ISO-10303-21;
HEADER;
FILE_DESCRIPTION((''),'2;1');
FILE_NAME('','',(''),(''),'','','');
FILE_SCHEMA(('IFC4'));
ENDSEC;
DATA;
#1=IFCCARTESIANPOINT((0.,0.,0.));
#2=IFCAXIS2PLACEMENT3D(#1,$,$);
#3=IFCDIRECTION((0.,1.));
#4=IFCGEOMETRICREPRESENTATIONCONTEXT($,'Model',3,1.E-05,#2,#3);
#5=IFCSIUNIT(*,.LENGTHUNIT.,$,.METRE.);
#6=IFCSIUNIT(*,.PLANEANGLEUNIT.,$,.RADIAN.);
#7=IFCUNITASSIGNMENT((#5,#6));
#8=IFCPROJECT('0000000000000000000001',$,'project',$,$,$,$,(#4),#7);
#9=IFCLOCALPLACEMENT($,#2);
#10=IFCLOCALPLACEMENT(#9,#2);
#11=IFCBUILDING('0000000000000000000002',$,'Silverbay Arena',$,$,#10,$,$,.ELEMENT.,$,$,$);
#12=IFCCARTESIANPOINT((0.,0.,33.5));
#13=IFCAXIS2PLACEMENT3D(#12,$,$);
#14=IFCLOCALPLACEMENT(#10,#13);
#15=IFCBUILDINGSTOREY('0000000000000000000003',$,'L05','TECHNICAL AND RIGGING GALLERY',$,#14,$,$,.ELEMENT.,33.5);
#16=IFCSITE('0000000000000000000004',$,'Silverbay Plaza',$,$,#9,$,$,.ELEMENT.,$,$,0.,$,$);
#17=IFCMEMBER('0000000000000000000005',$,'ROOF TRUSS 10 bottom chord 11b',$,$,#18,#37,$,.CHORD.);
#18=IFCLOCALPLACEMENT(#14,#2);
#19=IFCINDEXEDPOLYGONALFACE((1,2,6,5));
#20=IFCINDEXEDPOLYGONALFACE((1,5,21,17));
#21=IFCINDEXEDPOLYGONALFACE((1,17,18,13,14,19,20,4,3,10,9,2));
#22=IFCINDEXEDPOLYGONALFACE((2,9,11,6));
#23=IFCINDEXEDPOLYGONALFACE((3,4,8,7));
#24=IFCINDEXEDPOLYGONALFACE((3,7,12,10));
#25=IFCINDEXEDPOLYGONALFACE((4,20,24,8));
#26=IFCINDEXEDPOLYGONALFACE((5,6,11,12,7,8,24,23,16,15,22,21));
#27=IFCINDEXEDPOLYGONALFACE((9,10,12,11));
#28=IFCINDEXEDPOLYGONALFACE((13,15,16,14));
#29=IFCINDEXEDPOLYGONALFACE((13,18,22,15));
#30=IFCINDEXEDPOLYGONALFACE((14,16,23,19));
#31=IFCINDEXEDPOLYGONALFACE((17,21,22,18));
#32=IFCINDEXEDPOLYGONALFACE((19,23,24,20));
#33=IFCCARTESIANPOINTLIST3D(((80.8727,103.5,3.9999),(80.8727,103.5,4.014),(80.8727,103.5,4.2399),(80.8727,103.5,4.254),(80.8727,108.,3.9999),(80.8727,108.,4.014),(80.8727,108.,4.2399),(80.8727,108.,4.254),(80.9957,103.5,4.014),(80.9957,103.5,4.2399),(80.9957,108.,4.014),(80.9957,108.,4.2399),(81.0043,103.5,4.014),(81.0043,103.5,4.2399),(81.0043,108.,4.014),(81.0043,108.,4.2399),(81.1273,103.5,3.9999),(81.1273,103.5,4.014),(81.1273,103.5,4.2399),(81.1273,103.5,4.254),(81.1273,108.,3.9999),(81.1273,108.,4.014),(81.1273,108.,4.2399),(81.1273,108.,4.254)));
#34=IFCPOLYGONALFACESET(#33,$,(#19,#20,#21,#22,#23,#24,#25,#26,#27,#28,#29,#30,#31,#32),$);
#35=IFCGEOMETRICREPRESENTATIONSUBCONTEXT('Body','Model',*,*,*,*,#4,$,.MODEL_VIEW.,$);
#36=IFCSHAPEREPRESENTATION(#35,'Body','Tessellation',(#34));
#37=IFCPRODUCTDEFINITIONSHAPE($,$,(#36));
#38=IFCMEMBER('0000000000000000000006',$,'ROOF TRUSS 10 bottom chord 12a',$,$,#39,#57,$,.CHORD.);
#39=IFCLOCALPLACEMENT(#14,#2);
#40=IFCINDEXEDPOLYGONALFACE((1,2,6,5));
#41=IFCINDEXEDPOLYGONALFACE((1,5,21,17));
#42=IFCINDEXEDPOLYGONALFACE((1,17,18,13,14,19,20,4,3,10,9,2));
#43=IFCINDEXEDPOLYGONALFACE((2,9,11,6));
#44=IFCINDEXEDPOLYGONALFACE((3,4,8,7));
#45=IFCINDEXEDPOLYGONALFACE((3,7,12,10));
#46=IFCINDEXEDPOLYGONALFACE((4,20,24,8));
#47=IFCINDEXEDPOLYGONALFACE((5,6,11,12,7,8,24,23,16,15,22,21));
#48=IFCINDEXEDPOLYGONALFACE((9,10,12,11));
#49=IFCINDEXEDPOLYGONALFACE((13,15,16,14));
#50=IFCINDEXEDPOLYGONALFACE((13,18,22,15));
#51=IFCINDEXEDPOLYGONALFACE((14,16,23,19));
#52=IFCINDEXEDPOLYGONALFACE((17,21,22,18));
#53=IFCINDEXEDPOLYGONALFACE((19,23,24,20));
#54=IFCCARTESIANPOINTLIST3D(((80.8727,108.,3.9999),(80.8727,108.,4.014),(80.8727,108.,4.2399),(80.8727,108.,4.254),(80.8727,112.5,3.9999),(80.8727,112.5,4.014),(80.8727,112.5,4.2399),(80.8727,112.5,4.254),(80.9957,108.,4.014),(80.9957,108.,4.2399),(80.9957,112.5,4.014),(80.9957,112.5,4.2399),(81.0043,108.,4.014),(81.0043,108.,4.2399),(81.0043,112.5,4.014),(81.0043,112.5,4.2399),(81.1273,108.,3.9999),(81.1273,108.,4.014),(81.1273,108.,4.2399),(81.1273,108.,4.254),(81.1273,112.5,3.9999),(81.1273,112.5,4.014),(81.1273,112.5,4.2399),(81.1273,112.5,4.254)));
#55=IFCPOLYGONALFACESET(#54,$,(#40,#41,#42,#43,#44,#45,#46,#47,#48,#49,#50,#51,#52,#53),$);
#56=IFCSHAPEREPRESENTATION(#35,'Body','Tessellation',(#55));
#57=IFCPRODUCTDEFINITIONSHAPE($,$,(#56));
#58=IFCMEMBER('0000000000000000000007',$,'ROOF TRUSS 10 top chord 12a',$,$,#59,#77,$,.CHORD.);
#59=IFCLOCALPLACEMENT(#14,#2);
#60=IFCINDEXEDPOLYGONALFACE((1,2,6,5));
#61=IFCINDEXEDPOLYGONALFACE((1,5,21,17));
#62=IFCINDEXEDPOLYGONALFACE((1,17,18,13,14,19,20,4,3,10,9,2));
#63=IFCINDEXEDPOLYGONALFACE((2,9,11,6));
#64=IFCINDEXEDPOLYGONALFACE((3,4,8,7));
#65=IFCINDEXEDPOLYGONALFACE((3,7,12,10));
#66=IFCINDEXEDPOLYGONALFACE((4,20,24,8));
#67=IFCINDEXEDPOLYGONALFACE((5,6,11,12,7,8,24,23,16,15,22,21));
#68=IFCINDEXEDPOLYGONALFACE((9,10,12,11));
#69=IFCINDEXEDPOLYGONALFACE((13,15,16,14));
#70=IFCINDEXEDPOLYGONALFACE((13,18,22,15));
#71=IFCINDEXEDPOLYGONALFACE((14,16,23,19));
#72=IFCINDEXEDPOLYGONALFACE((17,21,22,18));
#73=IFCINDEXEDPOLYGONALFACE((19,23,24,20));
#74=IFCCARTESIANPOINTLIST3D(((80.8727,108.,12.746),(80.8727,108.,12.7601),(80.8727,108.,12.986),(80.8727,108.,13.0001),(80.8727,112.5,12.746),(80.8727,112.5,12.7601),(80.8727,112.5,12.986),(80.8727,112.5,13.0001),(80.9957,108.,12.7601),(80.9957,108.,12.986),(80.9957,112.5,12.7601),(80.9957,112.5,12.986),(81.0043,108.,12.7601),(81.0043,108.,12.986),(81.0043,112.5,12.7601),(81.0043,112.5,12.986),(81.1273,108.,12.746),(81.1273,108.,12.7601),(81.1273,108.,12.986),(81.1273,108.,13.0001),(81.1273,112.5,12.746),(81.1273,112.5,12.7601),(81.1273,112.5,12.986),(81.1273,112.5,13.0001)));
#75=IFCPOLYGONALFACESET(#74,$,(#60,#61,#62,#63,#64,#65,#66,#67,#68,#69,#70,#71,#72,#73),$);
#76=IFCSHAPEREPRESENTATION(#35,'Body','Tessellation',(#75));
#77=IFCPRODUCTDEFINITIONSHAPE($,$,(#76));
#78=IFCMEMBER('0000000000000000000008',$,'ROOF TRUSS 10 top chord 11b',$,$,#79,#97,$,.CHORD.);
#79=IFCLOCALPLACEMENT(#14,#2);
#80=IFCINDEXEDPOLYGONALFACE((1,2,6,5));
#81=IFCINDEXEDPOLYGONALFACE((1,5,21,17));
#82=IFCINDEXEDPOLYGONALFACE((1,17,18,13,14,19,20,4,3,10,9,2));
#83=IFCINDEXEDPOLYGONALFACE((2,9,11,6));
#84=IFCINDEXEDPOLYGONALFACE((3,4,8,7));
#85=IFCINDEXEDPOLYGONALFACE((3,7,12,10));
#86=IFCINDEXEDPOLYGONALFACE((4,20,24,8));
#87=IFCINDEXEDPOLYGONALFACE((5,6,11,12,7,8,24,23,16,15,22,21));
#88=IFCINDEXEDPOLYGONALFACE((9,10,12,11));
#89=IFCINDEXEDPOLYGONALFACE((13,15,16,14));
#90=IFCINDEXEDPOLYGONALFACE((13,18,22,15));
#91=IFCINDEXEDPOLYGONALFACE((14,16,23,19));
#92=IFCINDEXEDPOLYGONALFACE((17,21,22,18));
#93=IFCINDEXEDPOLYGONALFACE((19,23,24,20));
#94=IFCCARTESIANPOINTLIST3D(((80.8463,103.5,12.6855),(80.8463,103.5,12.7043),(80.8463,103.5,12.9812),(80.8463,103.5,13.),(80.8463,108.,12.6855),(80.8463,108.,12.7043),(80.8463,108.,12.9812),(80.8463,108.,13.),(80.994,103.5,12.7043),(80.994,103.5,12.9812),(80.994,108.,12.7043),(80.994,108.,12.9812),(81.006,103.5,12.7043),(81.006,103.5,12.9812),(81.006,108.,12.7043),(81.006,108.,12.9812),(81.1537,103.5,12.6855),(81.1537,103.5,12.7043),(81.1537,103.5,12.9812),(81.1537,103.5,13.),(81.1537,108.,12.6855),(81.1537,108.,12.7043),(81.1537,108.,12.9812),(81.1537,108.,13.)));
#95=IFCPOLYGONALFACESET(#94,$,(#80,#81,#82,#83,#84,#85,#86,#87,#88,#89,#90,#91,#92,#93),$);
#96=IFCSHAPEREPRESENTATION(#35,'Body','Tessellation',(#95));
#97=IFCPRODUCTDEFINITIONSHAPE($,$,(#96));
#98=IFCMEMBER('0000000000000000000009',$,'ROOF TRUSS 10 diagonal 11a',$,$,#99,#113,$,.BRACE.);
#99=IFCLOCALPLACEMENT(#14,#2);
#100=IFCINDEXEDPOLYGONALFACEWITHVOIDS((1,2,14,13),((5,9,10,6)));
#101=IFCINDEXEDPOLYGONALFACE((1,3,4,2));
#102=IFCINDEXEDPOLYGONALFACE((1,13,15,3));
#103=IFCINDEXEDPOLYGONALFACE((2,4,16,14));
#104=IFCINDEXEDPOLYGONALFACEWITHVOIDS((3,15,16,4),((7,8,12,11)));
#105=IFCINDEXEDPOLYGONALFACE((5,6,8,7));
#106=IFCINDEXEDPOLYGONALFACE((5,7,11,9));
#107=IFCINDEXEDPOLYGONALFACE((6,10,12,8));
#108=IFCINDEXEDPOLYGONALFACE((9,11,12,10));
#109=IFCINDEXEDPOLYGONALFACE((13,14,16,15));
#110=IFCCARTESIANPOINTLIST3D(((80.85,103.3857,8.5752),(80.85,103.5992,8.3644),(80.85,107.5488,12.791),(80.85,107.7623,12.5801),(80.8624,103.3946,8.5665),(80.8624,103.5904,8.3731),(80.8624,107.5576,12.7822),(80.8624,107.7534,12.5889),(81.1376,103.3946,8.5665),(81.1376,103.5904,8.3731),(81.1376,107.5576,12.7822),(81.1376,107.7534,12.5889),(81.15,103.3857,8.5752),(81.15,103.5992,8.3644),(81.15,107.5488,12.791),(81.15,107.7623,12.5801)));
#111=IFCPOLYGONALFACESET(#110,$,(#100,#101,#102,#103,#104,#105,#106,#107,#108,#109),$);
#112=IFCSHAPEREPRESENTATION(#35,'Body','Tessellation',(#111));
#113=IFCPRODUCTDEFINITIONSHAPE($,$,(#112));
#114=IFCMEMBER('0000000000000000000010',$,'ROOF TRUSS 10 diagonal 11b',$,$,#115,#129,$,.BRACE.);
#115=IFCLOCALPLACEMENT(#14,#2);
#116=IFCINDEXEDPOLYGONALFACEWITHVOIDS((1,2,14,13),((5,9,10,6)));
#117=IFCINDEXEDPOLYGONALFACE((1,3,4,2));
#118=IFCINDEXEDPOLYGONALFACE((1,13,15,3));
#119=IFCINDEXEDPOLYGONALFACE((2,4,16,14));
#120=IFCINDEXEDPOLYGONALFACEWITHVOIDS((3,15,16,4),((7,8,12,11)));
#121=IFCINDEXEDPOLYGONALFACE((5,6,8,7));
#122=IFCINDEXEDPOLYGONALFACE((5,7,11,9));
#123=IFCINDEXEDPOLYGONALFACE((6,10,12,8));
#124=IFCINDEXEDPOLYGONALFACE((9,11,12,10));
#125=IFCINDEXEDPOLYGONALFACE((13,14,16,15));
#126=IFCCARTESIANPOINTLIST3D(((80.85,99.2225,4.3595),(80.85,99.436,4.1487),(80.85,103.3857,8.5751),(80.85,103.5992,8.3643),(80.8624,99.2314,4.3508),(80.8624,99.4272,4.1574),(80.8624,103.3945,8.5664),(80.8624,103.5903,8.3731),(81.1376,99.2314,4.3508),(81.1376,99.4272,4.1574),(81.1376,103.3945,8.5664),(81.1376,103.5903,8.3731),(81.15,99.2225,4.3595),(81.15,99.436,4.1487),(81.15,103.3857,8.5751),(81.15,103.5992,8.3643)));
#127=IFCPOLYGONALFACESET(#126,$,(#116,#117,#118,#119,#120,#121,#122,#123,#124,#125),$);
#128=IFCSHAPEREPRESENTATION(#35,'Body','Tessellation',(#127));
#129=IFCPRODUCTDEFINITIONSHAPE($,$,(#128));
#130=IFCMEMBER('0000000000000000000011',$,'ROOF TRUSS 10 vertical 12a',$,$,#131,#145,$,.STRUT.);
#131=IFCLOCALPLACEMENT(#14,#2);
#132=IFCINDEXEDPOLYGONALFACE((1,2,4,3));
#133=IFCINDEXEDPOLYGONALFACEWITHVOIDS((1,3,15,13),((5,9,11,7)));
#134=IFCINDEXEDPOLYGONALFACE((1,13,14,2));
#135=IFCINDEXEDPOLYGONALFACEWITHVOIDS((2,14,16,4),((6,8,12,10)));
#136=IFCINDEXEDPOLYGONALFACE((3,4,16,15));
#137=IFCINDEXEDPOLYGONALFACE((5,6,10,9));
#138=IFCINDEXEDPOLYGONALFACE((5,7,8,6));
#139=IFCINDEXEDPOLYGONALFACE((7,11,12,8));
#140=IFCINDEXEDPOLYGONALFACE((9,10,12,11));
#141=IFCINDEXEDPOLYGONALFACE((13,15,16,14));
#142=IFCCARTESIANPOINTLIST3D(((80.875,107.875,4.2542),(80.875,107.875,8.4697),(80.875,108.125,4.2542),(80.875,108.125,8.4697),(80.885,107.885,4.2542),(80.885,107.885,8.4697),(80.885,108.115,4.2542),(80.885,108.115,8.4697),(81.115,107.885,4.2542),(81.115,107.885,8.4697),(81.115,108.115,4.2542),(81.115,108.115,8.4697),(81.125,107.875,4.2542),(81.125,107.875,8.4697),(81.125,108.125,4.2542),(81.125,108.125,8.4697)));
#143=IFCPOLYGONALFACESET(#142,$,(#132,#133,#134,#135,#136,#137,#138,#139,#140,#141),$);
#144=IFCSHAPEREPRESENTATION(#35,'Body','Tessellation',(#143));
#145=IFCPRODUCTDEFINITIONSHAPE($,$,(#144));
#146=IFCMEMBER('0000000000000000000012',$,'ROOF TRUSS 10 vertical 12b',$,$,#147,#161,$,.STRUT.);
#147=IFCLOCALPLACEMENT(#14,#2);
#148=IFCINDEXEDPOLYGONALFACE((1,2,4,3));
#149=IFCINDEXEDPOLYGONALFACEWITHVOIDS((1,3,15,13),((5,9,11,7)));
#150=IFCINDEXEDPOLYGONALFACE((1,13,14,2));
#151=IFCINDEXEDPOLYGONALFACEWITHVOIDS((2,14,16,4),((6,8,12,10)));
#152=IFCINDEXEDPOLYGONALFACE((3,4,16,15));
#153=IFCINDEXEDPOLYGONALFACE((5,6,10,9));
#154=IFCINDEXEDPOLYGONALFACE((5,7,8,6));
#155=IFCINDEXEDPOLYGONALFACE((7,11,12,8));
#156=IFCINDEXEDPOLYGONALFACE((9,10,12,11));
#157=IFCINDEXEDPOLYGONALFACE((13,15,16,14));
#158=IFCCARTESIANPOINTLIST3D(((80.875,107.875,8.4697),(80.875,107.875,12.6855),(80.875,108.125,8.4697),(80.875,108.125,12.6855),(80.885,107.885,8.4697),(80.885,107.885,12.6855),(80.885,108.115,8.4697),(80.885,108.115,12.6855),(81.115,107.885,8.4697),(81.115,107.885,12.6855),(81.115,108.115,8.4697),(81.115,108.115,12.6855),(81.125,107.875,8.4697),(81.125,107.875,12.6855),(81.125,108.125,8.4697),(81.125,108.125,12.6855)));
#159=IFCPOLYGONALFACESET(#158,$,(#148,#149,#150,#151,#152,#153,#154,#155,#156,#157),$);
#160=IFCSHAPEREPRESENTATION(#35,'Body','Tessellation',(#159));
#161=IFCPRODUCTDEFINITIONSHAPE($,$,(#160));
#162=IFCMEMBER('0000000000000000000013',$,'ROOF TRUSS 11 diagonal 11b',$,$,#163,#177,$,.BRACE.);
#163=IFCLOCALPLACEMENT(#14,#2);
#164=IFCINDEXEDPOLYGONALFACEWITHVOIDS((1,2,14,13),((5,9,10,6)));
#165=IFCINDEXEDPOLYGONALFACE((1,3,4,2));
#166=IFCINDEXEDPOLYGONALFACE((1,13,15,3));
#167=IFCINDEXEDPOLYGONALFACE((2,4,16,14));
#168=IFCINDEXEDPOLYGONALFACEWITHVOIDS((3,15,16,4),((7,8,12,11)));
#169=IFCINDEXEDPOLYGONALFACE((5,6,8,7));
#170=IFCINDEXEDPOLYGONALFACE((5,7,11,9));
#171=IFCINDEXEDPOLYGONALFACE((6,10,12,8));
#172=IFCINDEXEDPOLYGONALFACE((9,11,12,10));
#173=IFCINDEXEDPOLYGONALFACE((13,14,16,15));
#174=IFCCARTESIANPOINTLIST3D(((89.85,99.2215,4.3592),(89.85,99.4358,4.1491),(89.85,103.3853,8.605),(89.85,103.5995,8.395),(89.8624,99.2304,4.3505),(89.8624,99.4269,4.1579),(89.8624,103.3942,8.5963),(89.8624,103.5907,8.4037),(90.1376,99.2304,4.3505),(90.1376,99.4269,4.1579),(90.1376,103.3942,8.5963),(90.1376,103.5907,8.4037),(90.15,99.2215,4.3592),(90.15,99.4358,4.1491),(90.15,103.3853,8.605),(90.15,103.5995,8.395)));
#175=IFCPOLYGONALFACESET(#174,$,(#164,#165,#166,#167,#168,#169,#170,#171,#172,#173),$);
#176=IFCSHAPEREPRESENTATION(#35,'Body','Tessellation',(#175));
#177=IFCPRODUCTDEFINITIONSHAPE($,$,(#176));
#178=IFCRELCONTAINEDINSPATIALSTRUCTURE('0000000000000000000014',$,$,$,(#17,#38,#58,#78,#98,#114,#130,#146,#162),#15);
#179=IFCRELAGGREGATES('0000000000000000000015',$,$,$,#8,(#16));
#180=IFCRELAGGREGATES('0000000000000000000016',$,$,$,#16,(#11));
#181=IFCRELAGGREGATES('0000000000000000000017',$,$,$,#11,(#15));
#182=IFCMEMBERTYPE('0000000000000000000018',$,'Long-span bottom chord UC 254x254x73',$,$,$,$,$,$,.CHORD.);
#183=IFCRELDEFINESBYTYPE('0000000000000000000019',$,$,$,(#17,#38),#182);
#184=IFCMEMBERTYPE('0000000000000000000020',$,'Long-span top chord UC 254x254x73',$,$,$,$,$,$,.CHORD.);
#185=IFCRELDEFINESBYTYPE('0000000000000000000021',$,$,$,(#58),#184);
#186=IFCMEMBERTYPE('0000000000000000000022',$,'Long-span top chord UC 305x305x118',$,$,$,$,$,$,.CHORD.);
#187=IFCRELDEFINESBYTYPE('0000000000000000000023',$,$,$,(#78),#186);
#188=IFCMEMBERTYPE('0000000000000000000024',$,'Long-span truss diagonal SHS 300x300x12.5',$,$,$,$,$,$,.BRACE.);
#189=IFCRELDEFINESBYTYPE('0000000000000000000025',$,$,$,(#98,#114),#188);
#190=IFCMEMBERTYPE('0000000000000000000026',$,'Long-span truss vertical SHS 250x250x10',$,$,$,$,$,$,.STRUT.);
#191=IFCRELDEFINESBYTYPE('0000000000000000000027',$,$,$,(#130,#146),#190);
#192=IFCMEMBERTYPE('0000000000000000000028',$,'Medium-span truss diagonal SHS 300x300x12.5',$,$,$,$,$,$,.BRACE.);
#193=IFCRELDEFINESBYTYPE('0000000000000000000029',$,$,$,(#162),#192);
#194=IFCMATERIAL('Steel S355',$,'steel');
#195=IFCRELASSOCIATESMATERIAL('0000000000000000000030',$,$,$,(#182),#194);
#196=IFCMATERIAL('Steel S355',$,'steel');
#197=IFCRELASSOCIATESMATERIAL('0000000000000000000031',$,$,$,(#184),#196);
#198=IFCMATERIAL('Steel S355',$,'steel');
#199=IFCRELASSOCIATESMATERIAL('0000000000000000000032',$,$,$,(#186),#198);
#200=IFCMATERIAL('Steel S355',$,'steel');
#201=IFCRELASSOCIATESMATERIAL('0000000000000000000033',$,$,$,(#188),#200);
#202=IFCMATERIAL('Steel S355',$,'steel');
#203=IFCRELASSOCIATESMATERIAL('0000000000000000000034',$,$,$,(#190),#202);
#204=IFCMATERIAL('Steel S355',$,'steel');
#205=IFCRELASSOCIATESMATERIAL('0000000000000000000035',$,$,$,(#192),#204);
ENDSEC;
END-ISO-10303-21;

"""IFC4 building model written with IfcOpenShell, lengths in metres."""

from ifc_helpers import new_model, si_unit, direction, frame, origin, origin_2d, place, context, subcontext, project, spatial, hollow_rectangle, i_section, extrude, material, material_profile, profile_set, type_object, element, save


model = new_model("IFC4")

# Units and contexts
model_context = context("Model", 3, precision=1e-05, world=origin(), true_north=direction((0.0, 1.0)))
body_context = subcontext(model_context, "Body", "Model", "MODEL_VIEW")
ifc_project = project(units=[si_unit("LENGTHUNIT", "METRE"), si_unit("PLANEANGLEUNIT", "RADIAN")], contexts=[model_context])

# Site, building, storey
site_placement = place(None, origin())
site = spatial("IfcSite", under=ifc_project, at=site_placement, Name="Silverbay Plaza", CompositionType="ELEMENT", RefElevation=0.0)
building_placement = place(site_placement, origin())
building = spatial("IfcBuilding", under=site, at=building_placement, Name="Silverbay Arena", CompositionType="ELEMENT")
storey_placement = place(building_placement, frame((0.0, 0.0, 33.5)))
storey = spatial("IfcBuildingStorey", under=building, at=storey_placement, Name="L05", Description="TECHNICAL AND RIGGING GALLERY", CompositionType="ELEMENT", Elevation=33.5)

# Members
ifc_material_1 = material(Name="Steel S355", Category="steel")
ifc_material_profile_1 = material_profile(ifc_material_1, i_section(OverallWidth=0.2546, OverallDepth=0.2542, WebThickness=0.0085, FlangeThickness=0.0142, at=origin_2d()), Name="UC 254x254x73")
ifc_profile_set_1 = profile_set([ifc_material_profile_1], Name="Steel S355")
member_type_1 = type_object("IfcMemberType", Name="Long-span bottom chord UC 254x254x73", PredefinedType="CHORD", material=ifc_profile_set_1)
for number, where, z_axis, x_axis, name in (
    (1, (81.0, 103.5, 4.127), (0.0, 1.0, 0.0), (-1.0, 0.0, 0.0), "ROOF TRUSS 10 bottom chord 11b"),
    (2, (81.0, 108.0, 4.127), (0.0, 1.0, 0.0), (-1.0, 0.0, 0.0), "ROOF TRUSS 10 bottom chord 12a"),
):
    element("IfcMember", number, at=place(storey_placement, frame(where, z_axis=z_axis, x_axis=x_axis)), inside=storey, type_object=member_type_1, Name=name, PredefinedType="CHORD", context=body_context, shape_type="SweptSolid", body=[
        extrude(i_section(OverallWidth=0.2546, OverallDepth=0.2542, WebThickness=0.0085, FlangeThickness=0.0142, at=origin_2d()), origin(), (0.0, 0.0, 1.0), 4.5),
    ])
ifc_material_2 = material(Name="Steel S355", Category="steel")
ifc_material_profile_2 = material_profile(ifc_material_2, i_section(OverallWidth=0.2546, OverallDepth=0.2542, WebThickness=0.0085, FlangeThickness=0.0142, at=origin_2d()), Name="UC 254x254x73")
ifc_profile_set_2 = profile_set([ifc_material_profile_2], Name="Steel S355")
member_type_2 = type_object("IfcMemberType", Name="Long-span top chord UC 254x254x73", PredefinedType="CHORD", material=ifc_profile_set_2)
member_1_placement = place(storey_placement, frame((81.0, 108.0, 12.873), z_axis=(0.0, 1.0, 0.0), x_axis=(-1.0, 0.0, 0.0)))
element("IfcMember", 3, at=member_1_placement, inside=storey, type_object=member_type_2, Name="ROOF TRUSS 10 top chord 12a", PredefinedType="CHORD", context=body_context, shape_type="SweptSolid", body=[
    extrude(i_section(OverallWidth=0.2546, OverallDepth=0.2542, WebThickness=0.0085, FlangeThickness=0.0142, at=origin_2d()), origin(), (0.0, 0.0, 1.0), 4.5),
])
ifc_material_3 = material(Name="Steel S355", Category="steel")
ifc_material_profile_3 = material_profile(ifc_material_3, i_section(OverallWidth=0.3074, OverallDepth=0.3145, WebThickness=0.012, FlangeThickness=0.0188, at=origin_2d()), Name="UC 305x305x118")
ifc_profile_set_3 = profile_set([ifc_material_profile_3], Name="Steel S355")
member_type_3 = type_object("IfcMemberType", Name="Long-span top chord UC 305x305x118", PredefinedType="CHORD", material=ifc_profile_set_3)
member_2_placement = place(storey_placement, frame((81.0, 103.5, 12.8428), z_axis=(0.0, 1.0, 0.0), x_axis=(-1.0, 0.0, 0.0)))
element("IfcMember", 4, at=member_2_placement, inside=storey, type_object=member_type_3, Name="ROOF TRUSS 10 top chord 11b", PredefinedType="CHORD", context=body_context, shape_type="SweptSolid", body=[
    extrude(i_section(OverallWidth=0.3074, OverallDepth=0.3145, WebThickness=0.012, FlangeThickness=0.0188, at=origin_2d()), origin(), (0.0, 0.0, 1.0), 4.5),
])
ifc_material_4 = material(Name="Steel S355", Category="steel")
ifc_material_profile_4 = material_profile(ifc_material_4, hollow_rectangle(XDim=0.3, YDim=0.3, WallThickness=0.0125, at=origin_2d()), Name="SHS 300x300x12.5")
ifc_profile_set_4 = profile_set([ifc_material_profile_4], Name="Steel S355")
member_type_4 = type_object("IfcMemberType", Name="Long-span truss diagonal SHS 300x300x12.5", PredefinedType="BRACE", material=ifc_profile_set_4)
for number, where, z_axis, x_axis, name in (
    (5, (81.0, 107.6555, 12.6855), (0.0, -0.702643, -0.711543), (1.0, 0.0, 0.0), "ROOF TRUSS 10 diagonal 11a"),
    (6, (81.0, 103.4924, 8.4697), (0.0, -0.702663, -0.711523), (1.0, 0.0, 0.0), "ROOF TRUSS 10 diagonal 11b"),
):
    element("IfcMember", number, at=place(storey_placement, frame(where, z_axis=z_axis, x_axis=x_axis)), inside=storey, type_object=member_type_4, Name=name, PredefinedType="BRACE", context=body_context, shape_type="SweptSolid", body=[
        extrude(hollow_rectangle(XDim=0.3, YDim=0.3, WallThickness=0.0125, at=origin_2d()), origin(), (0.0, 0.0, 1.0), 5.9248),
    ])
ifc_material_5 = material(Name="Steel S355", Category="steel")
ifc_material_profile_5 = material_profile(ifc_material_5, hollow_rectangle(XDim=0.25, YDim=0.25, WallThickness=0.01, at=origin_2d()), Name="SHS 250x250x10")
ifc_profile_set_5 = profile_set([ifc_material_profile_5], Name="Steel S355")
member_type_5 = type_object("IfcMemberType", Name="Long-span truss vertical SHS 250x250x10", PredefinedType="STRUT", material=ifc_profile_set_5)
member_3_placement = place(storey_placement, frame((81.0, 108.0, 4.2542), z_axis=(0.0, 0.0, 1.0), x_axis=(1.0, 0.0, 0.0)))
element("IfcMember", 7, at=member_3_placement, inside=storey, type_object=member_type_5, Name="ROOF TRUSS 10 vertical 12a", PredefinedType="STRUT", context=body_context, shape_type="SweptSolid", body=[
    extrude(hollow_rectangle(XDim=0.25, YDim=0.25, WallThickness=0.01, at=origin_2d()), origin(), (0.0, 0.0, 1.0), 4.2156),
])
member_4_placement = place(storey_placement, frame((81.0, 108.0, 8.4697), z_axis=(0.0, 0.0, 1.0), x_axis=(1.0, 0.0, 0.0)))
element("IfcMember", 8, at=member_4_placement, inside=storey, type_object=member_type_5, Name="ROOF TRUSS 10 vertical 12b", PredefinedType="STRUT", context=body_context, shape_type="SweptSolid", body=[
    extrude(hollow_rectangle(XDim=0.25, YDim=0.25, WallThickness=0.01, at=origin_2d()), origin(), (0.0, 0.0, 1.0), 4.2158),
])
ifc_material_6 = material(Name="Steel S355", Category="steel")
ifc_material_profile_6 = material_profile(ifc_material_6, hollow_rectangle(XDim=0.3, YDim=0.3, WallThickness=0.0125, at=origin_2d()), Name="SHS 300x300x12.5")
ifc_profile_set_6 = profile_set([ifc_material_profile_6], Name="Steel S355")
member_type_6 = type_object("IfcMemberType", Name="Medium-span truss diagonal SHS 300x300x12.5", PredefinedType="BRACE", material=ifc_profile_set_6)
member_5_placement = place(storey_placement, frame((90.0, 103.4924, 8.5), z_axis=(0.0, -0.700176, -0.71397), x_axis=(1.0, 0.0, 0.0)))
element("IfcMember", 9, at=member_5_placement, inside=storey, type_object=member_type_6, Name="ROOF TRUSS 11 diagonal 11b", PredefinedType="BRACE", context=body_context, shape_type="SweptSolid", body=[
    extrude(hollow_rectangle(XDim=0.3, YDim=0.3, WallThickness=0.0125, at=origin_2d()), origin(), (0.0, 0.0, 1.0), 5.9468),
])

save(model, "model.ifc")
